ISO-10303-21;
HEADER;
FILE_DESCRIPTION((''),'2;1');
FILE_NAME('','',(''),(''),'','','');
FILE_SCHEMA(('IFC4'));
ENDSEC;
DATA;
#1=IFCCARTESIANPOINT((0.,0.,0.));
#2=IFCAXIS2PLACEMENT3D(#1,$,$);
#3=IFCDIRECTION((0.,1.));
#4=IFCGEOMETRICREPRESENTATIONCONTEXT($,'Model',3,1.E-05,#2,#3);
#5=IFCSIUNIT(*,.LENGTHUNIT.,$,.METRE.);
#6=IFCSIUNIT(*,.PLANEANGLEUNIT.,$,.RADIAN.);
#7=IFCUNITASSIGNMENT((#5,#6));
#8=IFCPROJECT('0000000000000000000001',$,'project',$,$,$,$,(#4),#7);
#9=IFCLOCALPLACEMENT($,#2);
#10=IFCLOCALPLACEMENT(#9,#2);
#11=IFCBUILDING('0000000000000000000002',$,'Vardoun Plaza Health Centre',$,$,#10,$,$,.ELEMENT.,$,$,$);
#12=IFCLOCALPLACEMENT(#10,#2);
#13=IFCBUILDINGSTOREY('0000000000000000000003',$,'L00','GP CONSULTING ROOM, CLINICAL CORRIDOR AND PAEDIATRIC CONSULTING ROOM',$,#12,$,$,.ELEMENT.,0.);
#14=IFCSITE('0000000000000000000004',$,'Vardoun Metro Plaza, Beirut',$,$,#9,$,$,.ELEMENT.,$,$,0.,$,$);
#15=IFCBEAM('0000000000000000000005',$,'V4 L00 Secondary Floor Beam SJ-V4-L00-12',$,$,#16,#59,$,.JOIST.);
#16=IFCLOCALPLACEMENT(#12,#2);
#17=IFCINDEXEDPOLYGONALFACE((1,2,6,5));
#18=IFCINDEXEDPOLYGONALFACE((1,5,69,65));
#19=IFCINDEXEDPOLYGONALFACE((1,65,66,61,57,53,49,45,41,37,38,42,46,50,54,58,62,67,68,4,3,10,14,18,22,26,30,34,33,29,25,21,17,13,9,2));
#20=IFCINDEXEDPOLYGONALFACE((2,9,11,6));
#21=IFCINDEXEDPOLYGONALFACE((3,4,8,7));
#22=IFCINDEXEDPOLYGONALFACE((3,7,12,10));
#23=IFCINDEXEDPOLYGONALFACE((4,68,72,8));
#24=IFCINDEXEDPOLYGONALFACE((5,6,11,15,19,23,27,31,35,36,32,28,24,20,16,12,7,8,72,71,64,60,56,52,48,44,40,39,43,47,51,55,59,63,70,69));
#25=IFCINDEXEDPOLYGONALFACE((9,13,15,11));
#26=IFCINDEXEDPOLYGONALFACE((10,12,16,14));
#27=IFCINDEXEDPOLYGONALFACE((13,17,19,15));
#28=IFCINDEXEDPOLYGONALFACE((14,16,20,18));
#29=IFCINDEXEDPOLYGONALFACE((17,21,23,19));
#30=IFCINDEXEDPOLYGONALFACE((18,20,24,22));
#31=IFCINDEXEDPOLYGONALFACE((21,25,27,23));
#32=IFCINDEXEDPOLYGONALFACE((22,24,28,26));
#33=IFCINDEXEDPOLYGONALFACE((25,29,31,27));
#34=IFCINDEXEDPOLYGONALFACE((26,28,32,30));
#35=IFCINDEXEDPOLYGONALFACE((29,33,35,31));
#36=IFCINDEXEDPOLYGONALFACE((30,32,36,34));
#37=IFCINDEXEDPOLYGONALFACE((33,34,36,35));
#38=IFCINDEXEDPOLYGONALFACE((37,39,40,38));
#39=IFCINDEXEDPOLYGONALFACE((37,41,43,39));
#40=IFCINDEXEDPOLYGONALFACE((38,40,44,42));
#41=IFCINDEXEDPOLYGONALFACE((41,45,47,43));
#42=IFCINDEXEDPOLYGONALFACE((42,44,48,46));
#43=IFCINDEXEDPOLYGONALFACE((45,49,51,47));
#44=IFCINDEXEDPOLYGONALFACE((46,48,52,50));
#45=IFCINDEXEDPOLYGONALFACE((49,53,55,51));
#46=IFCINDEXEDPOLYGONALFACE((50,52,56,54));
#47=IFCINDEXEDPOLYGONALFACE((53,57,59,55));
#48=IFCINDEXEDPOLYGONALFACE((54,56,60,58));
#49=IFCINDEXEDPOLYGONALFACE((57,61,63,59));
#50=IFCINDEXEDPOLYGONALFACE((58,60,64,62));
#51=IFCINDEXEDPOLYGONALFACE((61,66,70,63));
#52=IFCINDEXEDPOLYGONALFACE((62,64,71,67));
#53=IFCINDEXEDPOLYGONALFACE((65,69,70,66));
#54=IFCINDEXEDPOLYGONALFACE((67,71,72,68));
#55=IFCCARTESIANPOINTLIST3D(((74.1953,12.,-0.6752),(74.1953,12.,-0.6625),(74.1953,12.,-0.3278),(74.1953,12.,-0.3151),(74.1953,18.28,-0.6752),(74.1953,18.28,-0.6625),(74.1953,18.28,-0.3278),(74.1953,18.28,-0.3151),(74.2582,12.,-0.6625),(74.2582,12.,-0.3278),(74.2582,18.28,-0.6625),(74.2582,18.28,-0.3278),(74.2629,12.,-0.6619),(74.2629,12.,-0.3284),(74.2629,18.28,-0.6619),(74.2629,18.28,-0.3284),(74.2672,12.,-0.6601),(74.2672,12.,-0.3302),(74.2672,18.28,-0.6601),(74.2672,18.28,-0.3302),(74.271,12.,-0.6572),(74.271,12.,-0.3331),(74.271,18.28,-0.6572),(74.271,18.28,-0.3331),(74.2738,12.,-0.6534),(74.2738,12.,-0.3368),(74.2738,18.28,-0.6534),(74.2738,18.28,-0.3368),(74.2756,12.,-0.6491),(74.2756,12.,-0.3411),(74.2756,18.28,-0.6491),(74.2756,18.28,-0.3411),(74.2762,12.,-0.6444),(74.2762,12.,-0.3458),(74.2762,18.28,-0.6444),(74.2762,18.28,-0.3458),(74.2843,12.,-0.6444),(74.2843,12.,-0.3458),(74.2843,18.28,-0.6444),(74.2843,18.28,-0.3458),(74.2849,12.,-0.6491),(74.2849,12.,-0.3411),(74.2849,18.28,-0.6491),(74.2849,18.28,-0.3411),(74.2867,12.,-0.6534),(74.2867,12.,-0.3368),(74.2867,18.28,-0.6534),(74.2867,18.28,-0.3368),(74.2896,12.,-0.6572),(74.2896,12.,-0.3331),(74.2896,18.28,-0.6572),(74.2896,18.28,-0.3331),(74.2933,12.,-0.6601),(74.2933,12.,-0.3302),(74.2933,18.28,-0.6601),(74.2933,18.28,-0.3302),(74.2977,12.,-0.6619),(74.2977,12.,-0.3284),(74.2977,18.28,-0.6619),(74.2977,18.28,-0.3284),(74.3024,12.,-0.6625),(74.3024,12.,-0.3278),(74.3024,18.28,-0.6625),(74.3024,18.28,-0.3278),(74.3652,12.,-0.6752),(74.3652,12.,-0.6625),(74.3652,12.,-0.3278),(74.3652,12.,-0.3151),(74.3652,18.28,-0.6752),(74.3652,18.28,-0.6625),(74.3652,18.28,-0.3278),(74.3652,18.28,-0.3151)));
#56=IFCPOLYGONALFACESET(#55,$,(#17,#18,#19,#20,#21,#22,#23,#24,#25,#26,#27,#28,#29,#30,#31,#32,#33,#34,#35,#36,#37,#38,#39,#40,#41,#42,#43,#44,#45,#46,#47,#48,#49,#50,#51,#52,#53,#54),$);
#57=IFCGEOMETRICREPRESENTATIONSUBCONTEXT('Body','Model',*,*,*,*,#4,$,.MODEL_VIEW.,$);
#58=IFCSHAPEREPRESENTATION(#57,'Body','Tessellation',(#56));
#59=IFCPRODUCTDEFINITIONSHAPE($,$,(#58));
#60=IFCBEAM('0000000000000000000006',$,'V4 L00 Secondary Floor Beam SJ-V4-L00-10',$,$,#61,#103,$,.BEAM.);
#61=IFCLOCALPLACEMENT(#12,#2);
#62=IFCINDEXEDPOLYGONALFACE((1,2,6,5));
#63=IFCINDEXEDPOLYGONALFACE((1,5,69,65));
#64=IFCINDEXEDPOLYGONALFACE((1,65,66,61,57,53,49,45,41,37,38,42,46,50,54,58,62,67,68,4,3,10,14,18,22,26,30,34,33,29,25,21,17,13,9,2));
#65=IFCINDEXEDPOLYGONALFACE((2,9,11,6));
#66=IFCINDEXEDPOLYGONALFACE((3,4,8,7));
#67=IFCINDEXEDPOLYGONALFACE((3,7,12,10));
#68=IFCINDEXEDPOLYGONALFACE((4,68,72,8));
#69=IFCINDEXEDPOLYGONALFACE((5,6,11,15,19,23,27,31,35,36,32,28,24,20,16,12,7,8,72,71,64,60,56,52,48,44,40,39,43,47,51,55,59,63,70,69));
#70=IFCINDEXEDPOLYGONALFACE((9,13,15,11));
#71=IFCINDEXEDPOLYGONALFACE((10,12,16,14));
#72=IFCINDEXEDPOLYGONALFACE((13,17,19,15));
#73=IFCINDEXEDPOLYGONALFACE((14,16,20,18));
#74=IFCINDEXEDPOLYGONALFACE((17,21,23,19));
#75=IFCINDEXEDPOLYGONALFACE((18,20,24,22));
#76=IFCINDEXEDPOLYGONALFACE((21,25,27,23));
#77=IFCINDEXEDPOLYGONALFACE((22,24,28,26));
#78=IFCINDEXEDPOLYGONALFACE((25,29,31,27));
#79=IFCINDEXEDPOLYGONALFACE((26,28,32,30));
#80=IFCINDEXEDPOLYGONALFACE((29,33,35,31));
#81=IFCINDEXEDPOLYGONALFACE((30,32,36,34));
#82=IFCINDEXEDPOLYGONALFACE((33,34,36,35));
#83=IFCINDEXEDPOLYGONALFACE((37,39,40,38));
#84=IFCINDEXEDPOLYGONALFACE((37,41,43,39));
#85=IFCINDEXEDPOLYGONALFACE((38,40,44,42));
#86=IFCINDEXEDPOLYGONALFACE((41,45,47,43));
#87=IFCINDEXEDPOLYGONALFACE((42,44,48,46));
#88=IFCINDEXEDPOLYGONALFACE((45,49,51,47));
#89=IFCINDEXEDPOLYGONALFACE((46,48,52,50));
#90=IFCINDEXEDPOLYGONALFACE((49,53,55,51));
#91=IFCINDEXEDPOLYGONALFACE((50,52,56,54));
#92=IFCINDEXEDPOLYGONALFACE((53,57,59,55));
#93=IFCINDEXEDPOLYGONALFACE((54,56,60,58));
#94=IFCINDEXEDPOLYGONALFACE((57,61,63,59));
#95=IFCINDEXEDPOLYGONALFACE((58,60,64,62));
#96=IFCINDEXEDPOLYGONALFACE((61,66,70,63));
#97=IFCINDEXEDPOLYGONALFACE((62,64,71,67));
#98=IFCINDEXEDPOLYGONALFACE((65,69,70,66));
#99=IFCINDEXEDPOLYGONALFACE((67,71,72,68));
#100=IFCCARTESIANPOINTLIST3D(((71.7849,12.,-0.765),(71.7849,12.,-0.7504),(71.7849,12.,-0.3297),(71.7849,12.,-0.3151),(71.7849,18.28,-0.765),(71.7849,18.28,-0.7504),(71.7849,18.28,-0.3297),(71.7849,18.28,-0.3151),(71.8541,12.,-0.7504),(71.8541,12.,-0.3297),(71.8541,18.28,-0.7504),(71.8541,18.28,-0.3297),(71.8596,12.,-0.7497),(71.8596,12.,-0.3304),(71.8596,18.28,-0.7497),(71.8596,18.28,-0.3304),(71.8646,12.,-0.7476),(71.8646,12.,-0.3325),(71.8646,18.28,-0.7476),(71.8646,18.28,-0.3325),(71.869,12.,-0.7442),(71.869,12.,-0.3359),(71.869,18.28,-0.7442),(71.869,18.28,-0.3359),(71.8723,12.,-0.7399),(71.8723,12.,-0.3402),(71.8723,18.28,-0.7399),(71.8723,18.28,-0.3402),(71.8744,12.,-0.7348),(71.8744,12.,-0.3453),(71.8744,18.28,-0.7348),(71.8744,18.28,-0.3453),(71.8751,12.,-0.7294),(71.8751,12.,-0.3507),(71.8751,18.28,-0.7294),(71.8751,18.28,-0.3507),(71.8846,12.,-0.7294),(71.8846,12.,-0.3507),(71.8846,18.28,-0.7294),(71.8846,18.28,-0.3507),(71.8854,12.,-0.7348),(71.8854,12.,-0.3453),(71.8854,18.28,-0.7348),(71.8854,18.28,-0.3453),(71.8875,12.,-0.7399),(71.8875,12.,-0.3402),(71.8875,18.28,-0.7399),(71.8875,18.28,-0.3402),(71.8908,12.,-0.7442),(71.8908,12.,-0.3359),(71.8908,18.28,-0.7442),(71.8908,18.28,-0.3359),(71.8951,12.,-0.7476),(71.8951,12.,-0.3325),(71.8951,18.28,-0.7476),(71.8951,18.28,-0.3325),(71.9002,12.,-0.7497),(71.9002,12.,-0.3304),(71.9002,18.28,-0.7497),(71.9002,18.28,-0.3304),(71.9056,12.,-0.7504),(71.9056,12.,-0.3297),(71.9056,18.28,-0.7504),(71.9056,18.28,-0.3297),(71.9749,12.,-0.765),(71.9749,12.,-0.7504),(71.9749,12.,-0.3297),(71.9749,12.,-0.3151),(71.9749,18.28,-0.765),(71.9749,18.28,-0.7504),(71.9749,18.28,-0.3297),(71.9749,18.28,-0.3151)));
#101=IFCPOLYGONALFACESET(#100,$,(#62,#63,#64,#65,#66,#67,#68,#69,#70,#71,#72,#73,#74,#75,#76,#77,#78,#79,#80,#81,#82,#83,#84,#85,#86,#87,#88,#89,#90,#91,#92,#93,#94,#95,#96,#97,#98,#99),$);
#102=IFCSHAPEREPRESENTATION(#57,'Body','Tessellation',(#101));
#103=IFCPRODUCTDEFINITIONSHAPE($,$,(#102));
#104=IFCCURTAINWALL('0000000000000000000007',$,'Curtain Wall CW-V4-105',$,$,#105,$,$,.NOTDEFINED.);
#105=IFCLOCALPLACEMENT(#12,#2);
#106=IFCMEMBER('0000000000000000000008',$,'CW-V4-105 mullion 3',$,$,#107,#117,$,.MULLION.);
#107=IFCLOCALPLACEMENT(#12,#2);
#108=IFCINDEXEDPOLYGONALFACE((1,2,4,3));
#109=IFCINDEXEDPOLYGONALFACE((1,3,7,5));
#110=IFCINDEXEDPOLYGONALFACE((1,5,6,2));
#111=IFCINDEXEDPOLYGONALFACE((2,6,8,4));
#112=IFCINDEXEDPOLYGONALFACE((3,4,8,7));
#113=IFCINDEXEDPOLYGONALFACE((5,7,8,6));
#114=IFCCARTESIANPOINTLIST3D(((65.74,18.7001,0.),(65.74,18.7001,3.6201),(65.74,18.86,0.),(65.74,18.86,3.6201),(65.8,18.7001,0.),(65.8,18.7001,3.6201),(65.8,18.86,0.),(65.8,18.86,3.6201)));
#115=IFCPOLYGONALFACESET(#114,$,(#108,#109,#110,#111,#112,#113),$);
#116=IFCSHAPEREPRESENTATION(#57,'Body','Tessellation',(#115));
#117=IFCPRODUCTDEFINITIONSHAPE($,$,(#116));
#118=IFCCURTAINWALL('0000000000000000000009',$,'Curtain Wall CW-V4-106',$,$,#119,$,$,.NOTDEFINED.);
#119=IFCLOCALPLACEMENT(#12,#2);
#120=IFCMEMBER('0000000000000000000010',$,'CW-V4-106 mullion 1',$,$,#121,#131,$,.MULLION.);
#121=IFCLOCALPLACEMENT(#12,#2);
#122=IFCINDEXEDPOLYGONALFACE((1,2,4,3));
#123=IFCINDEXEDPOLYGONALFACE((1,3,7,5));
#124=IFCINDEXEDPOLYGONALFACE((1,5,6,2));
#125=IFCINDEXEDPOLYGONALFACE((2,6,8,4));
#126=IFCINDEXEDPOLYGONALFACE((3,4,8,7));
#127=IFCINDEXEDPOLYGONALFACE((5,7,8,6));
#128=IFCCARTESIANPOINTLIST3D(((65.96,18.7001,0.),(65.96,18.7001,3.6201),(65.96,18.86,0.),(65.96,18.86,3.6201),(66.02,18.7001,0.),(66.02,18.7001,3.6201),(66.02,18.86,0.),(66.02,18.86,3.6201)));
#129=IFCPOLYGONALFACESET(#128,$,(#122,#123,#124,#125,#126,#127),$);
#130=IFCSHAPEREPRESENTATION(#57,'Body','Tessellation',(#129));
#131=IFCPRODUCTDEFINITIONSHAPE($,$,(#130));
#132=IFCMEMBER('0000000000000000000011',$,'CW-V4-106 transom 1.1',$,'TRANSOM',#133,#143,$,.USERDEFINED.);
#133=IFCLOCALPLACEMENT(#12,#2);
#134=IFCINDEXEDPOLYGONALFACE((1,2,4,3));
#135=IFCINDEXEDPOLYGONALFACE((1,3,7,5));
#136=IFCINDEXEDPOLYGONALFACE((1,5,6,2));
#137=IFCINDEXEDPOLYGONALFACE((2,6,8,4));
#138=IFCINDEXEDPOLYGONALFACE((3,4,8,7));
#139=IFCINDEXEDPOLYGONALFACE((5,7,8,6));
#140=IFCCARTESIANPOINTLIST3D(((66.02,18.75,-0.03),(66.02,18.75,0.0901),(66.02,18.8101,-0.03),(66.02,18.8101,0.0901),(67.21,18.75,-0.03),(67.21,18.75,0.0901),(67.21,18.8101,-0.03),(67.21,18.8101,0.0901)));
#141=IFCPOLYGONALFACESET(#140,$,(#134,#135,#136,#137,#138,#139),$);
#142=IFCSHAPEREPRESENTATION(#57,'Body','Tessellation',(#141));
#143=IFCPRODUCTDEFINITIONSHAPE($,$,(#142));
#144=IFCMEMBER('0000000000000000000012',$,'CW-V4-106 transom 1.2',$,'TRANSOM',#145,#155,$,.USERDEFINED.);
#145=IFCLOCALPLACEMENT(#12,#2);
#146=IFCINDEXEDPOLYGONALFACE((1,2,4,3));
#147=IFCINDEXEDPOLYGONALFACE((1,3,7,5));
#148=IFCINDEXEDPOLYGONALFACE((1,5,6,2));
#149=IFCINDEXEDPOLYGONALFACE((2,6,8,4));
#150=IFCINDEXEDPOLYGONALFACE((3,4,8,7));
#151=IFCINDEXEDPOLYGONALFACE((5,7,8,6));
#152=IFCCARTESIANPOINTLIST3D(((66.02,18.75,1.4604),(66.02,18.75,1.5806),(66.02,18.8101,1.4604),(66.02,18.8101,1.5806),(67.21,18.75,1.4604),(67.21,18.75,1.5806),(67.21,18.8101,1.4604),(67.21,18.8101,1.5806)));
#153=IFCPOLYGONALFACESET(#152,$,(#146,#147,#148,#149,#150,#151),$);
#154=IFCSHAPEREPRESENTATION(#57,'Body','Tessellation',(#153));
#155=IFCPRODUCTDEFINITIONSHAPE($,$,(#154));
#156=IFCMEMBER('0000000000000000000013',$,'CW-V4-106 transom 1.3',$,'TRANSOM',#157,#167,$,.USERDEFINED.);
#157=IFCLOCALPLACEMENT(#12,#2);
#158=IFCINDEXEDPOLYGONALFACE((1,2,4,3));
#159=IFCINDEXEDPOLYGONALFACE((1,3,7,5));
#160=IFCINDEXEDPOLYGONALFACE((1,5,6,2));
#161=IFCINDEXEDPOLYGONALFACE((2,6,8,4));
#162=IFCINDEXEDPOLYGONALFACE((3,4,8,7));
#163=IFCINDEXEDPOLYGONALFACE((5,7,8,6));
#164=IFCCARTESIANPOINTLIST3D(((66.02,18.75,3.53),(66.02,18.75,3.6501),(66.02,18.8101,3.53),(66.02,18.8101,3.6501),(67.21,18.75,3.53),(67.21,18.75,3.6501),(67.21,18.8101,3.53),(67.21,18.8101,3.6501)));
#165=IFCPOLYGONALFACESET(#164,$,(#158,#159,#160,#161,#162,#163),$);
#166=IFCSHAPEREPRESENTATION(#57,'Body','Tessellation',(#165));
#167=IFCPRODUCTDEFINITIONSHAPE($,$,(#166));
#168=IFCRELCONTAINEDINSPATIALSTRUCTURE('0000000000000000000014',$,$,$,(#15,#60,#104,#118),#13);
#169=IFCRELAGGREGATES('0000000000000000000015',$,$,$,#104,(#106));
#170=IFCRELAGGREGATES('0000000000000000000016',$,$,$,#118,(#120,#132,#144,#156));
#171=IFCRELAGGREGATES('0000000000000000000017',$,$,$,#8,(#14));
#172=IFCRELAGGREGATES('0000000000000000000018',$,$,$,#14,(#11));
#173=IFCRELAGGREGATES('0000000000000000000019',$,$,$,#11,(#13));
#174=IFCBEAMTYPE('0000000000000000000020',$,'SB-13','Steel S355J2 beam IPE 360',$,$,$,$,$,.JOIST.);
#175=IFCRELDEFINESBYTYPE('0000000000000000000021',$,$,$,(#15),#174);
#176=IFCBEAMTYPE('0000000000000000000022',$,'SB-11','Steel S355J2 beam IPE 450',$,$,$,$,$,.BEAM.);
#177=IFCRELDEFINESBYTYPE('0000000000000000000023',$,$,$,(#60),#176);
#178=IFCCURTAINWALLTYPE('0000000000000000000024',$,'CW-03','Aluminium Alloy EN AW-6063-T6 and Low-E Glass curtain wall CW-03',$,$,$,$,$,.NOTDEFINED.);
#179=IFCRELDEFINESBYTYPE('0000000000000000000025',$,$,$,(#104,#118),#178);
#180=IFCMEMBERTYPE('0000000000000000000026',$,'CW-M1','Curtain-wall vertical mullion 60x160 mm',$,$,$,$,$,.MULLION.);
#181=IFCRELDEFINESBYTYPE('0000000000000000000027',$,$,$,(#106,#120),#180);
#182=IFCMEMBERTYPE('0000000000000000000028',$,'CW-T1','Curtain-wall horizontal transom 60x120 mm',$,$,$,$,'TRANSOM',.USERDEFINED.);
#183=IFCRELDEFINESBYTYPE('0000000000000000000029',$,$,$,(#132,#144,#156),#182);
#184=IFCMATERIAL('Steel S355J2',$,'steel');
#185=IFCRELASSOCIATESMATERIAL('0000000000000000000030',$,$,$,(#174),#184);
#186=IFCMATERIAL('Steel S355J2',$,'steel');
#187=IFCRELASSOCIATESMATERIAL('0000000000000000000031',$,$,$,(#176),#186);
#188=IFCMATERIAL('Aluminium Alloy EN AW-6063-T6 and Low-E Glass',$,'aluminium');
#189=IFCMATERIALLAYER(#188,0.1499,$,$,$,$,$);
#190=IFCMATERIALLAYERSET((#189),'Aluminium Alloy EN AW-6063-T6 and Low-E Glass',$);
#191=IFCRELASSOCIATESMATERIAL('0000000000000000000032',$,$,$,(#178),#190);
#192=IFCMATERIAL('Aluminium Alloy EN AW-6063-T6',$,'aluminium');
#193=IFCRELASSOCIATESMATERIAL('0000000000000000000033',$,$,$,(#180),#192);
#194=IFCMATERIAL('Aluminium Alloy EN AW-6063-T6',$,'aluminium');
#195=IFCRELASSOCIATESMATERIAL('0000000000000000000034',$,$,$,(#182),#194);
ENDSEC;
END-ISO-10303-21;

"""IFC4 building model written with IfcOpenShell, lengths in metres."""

from ifc_helpers import new_model, si_unit, direction, frame, origin, origin_2d, place, context, subcontext, project, spatial, rectangle, i_section, extrude, material, layer, layer_set, material_profile, profile_set, type_object, element, aggregate, save


model = new_model("IFC4")

# Units and contexts
model_context = context("Model", 3, precision=1e-05, world=origin(), true_north=direction((0.0, 1.0)))
body_context = subcontext(model_context, "Body", "Model", "MODEL_VIEW")
ifc_project = project(units=[si_unit("LENGTHUNIT", "METRE"), si_unit("PLANEANGLEUNIT", "RADIAN")], contexts=[model_context])

# Site, building, storey
site_placement = place(None, origin())
site = spatial("IfcSite", under=ifc_project, at=site_placement, Name="Vardoun Metro Plaza, Beirut", CompositionType="ELEMENT", RefElevation=0.0)
building_placement = place(site_placement, origin())
building = spatial("IfcBuilding", under=site, at=building_placement, Name="Vardoun Plaza Health Centre", CompositionType="ELEMENT")
storey_placement = place(building_placement, origin())
storey = spatial("IfcBuildingStorey", under=building, at=storey_placement, Name="L00", Description="GP CONSULTING ROOM, CLINICAL CORRIDOR AND PAEDIATRIC CONSULTING ROOM", CompositionType="ELEMENT", Elevation=0.0)

# Beams
ifc_material_1 = material(Name="Steel S355J2", Category="steel")
ifc_material_profile_1 = material_profile(ifc_material_1, i_section(OverallWidth=0.1699, OverallDepth=0.3601, WebThickness=0.0081, FlangeThickness=0.0127, FilletRadius=0.0181, at=origin_2d()), Name="IPE 360")
ifc_profile_set_1 = profile_set([ifc_material_profile_1], Name="Steel S355J2")
beam_type_1 = type_object("IfcBeamType", Name="SB-13", Description="Steel S355J2 beam IPE 360", PredefinedType="JOIST", material=ifc_profile_set_1)
beam_1_placement = place(storey_placement, frame((74.2803, 12.0, -0.4951), z_axis=(0.0, 1.0, 0.0), x_axis=(-1.0, 0.0, 0.0)))
element("IfcBeam", 1, at=beam_1_placement, inside=storey, type_object=beam_type_1, Name="V4 L00 Secondary Floor Beam SJ-V4-L00-12", PredefinedType="JOIST", context=body_context, shape_type="SweptSolid", body=[
    extrude(i_section(OverallWidth=0.1699, OverallDepth=0.3601, WebThickness=0.0081, FlangeThickness=0.0127, FilletRadius=0.0181, at=origin_2d()), origin(), (0.0, 0.0, 1.0), 6.28),
])
ifc_material_2 = material(Name="Steel S355J2", Category="steel")
ifc_material_profile_2 = material_profile(ifc_material_2, i_section(OverallWidth=0.1899, OverallDepth=0.45, WebThickness=0.0095, FlangeThickness=0.0146, FilletRadius=0.021, at=origin_2d()), Name="IPE 450")
ifc_profile_set_2 = profile_set([ifc_material_profile_2], Name="Steel S355J2")
beam_type_2 = type_object("IfcBeamType", Name="SB-11", Description="Steel S355J2 beam IPE 450", PredefinedType="BEAM", material=ifc_profile_set_2)
beam_2_placement = place(storey_placement, frame((71.8799, 12.0, -0.54), z_axis=(0.0, 1.0, 0.0), x_axis=(-1.0, 0.0, 0.0)))
element("IfcBeam", 2, at=beam_2_placement, inside=storey, type_object=beam_type_2, Name="V4 L00 Secondary Floor Beam SJ-V4-L00-10", PredefinedType="BEAM", context=body_context, shape_type="SweptSolid", body=[
    extrude(i_section(OverallWidth=0.1899, OverallDepth=0.45, WebThickness=0.0095, FlangeThickness=0.0146, FilletRadius=0.021, at=origin_2d()), origin(), (0.0, 0.0, 1.0), 6.28),
])

# Curtain wall, member
ifc_material_3 = material(Name="Aluminium Alloy EN AW-6063-T6 and Low-E Glass", Category="aluminium")
ifc_layer_1 = layer(ifc_material_3, 0.1499)
ifc_layer_set_1 = layer_set([ifc_layer_1], Name="Aluminium Alloy EN AW-6063-T6 and Low-E Glass")
curtain_wall_type = type_object("IfcCurtainWallType", Name="CW-03", Description="Aluminium Alloy EN AW-6063-T6 and Low-E Glass curtain wall CW-03", PredefinedType="NOTDEFINED", material=ifc_layer_set_1)
curtain_wall_1_placement = place(storey_placement, origin())
curtain_wall_1 = element("IfcCurtainWall", 3, at=curtain_wall_1_placement, inside=storey, type_object=curtain_wall_type, Name="Curtain Wall CW-V4-105", PredefinedType="NOTDEFINED")
ifc_material_4 = material(Name="Aluminium Alloy EN AW-6063-T6", Category="aluminium")
ifc_material_profile_3 = material_profile(ifc_material_4, rectangle(XDim=0.1599, YDim=0.0601, at=origin_2d()), Name="CWM 60x160")
ifc_profile_set_3 = profile_set([ifc_material_profile_3], Name="Aluminium Alloy EN AW-6063-T6")
member_type_1 = type_object("IfcMemberType", Name="CW-M1", Description="Curtain-wall vertical mullion 60x160 mm", PredefinedType="MULLION", material=ifc_profile_set_3)
member_1_placement = place(storey_placement, frame((65.77, 18.78, 0.0), z_axis=(0.0, 0.0, 1.0), x_axis=(0.0, 1.0, 0.0)))
member_1 = element("IfcMember", 4, at=member_1_placement, type_object=member_type_1, Name="CW-V4-105 mullion 3", PredefinedType="MULLION", context=body_context, shape_type="SweptSolid", body=[
    extrude(rectangle(XDim=0.1599, YDim=0.0601, at=origin_2d()), origin(), (0.0, 0.0, 1.0), 3.6201),
])
aggregate(curtain_wall_1, [member_1])

# Curtain wall, members
curtain_wall_2_placement = place(storey_placement, origin())
curtain_wall_2 = element("IfcCurtainWall", 5, at=curtain_wall_2_placement, inside=storey, type_object=curtain_wall_type, Name="Curtain Wall CW-V4-106", PredefinedType="NOTDEFINED")
member_2_placement = place(storey_placement, frame((65.99, 18.78, 0.0), z_axis=(0.0, 0.0, 1.0), x_axis=(0.0, 1.0, 0.0)))
member_2 = element("IfcMember", 6, at=member_2_placement, type_object=member_type_1, Name="CW-V4-106 mullion 1", PredefinedType="MULLION", context=body_context, shape_type="SweptSolid", body=[
    extrude(rectangle(XDim=0.1599, YDim=0.0601, at=origin_2d()), origin(), (0.0, 0.0, 1.0), 3.6201),
])
ifc_material_5 = material(Name="Aluminium Alloy EN AW-6063-T6", Category="aluminium")
ifc_material_profile_4 = material_profile(ifc_material_5, rectangle(XDim=0.0601, YDim=0.1201, at=origin_2d()), Name="CWT 60x120")
ifc_profile_set_4 = profile_set([ifc_material_profile_4], Name="Aluminium Alloy EN AW-6063-T6")
member_type_2 = type_object("IfcMemberType", Name="CW-T1", Description="Curtain-wall horizontal transom 60x120 mm", ElementType="TRANSOM", PredefinedType="USERDEFINED", material=ifc_profile_set_4)
member_3_placement = place(storey_placement, frame((66.02, 18.78, 0.03), z_axis=(1.0, 0.0, 0.0), x_axis=(0.0, 1.0, 0.0)))
member_3 = element("IfcMember", 7, at=member_3_placement, type_object=member_type_2, Name="CW-V4-106 transom 1.1", ObjectType="TRANSOM", PredefinedType="USERDEFINED", context=body_context, shape_type="SweptSolid", body=[
    extrude(rectangle(XDim=0.0601, YDim=0.1201, at=origin_2d()), origin(), (0.0, 0.0, 1.0), 1.1899),
])
member_4_placement = place(storey_placement, frame((66.02, 18.78, 1.5205), z_axis=(1.0, 0.0, 0.0), x_axis=(0.0, 1.0, 0.0)))
member_4 = element("IfcMember", 8, at=member_4_placement, type_object=member_type_2, Name="CW-V4-106 transom 1.2", ObjectType="TRANSOM", PredefinedType="USERDEFINED", context=body_context, shape_type="SweptSolid", body=[
    extrude(rectangle(XDim=0.0601, YDim=0.1201, at=origin_2d()), origin(), (0.0, 0.0, 1.0), 1.1899),
])
member_5_placement = place(storey_placement, frame((66.02, 18.78, 3.5901), z_axis=(1.0, 0.0, 0.0), x_axis=(0.0, 1.0, 0.0)))
member_5 = element("IfcMember", 9, at=member_5_placement, type_object=member_type_2, Name="CW-V4-106 transom 1.3", ObjectType="TRANSOM", PredefinedType="USERDEFINED", context=body_context, shape_type="SweptSolid", body=[
    extrude(rectangle(XDim=0.0601, YDim=0.1201, at=origin_2d()), origin(), (0.0, 0.0, 1.0), 1.1899),
])
aggregate(curtain_wall_2, [member_2, member_3, member_4, member_5])

save(model, "model.ifc")
